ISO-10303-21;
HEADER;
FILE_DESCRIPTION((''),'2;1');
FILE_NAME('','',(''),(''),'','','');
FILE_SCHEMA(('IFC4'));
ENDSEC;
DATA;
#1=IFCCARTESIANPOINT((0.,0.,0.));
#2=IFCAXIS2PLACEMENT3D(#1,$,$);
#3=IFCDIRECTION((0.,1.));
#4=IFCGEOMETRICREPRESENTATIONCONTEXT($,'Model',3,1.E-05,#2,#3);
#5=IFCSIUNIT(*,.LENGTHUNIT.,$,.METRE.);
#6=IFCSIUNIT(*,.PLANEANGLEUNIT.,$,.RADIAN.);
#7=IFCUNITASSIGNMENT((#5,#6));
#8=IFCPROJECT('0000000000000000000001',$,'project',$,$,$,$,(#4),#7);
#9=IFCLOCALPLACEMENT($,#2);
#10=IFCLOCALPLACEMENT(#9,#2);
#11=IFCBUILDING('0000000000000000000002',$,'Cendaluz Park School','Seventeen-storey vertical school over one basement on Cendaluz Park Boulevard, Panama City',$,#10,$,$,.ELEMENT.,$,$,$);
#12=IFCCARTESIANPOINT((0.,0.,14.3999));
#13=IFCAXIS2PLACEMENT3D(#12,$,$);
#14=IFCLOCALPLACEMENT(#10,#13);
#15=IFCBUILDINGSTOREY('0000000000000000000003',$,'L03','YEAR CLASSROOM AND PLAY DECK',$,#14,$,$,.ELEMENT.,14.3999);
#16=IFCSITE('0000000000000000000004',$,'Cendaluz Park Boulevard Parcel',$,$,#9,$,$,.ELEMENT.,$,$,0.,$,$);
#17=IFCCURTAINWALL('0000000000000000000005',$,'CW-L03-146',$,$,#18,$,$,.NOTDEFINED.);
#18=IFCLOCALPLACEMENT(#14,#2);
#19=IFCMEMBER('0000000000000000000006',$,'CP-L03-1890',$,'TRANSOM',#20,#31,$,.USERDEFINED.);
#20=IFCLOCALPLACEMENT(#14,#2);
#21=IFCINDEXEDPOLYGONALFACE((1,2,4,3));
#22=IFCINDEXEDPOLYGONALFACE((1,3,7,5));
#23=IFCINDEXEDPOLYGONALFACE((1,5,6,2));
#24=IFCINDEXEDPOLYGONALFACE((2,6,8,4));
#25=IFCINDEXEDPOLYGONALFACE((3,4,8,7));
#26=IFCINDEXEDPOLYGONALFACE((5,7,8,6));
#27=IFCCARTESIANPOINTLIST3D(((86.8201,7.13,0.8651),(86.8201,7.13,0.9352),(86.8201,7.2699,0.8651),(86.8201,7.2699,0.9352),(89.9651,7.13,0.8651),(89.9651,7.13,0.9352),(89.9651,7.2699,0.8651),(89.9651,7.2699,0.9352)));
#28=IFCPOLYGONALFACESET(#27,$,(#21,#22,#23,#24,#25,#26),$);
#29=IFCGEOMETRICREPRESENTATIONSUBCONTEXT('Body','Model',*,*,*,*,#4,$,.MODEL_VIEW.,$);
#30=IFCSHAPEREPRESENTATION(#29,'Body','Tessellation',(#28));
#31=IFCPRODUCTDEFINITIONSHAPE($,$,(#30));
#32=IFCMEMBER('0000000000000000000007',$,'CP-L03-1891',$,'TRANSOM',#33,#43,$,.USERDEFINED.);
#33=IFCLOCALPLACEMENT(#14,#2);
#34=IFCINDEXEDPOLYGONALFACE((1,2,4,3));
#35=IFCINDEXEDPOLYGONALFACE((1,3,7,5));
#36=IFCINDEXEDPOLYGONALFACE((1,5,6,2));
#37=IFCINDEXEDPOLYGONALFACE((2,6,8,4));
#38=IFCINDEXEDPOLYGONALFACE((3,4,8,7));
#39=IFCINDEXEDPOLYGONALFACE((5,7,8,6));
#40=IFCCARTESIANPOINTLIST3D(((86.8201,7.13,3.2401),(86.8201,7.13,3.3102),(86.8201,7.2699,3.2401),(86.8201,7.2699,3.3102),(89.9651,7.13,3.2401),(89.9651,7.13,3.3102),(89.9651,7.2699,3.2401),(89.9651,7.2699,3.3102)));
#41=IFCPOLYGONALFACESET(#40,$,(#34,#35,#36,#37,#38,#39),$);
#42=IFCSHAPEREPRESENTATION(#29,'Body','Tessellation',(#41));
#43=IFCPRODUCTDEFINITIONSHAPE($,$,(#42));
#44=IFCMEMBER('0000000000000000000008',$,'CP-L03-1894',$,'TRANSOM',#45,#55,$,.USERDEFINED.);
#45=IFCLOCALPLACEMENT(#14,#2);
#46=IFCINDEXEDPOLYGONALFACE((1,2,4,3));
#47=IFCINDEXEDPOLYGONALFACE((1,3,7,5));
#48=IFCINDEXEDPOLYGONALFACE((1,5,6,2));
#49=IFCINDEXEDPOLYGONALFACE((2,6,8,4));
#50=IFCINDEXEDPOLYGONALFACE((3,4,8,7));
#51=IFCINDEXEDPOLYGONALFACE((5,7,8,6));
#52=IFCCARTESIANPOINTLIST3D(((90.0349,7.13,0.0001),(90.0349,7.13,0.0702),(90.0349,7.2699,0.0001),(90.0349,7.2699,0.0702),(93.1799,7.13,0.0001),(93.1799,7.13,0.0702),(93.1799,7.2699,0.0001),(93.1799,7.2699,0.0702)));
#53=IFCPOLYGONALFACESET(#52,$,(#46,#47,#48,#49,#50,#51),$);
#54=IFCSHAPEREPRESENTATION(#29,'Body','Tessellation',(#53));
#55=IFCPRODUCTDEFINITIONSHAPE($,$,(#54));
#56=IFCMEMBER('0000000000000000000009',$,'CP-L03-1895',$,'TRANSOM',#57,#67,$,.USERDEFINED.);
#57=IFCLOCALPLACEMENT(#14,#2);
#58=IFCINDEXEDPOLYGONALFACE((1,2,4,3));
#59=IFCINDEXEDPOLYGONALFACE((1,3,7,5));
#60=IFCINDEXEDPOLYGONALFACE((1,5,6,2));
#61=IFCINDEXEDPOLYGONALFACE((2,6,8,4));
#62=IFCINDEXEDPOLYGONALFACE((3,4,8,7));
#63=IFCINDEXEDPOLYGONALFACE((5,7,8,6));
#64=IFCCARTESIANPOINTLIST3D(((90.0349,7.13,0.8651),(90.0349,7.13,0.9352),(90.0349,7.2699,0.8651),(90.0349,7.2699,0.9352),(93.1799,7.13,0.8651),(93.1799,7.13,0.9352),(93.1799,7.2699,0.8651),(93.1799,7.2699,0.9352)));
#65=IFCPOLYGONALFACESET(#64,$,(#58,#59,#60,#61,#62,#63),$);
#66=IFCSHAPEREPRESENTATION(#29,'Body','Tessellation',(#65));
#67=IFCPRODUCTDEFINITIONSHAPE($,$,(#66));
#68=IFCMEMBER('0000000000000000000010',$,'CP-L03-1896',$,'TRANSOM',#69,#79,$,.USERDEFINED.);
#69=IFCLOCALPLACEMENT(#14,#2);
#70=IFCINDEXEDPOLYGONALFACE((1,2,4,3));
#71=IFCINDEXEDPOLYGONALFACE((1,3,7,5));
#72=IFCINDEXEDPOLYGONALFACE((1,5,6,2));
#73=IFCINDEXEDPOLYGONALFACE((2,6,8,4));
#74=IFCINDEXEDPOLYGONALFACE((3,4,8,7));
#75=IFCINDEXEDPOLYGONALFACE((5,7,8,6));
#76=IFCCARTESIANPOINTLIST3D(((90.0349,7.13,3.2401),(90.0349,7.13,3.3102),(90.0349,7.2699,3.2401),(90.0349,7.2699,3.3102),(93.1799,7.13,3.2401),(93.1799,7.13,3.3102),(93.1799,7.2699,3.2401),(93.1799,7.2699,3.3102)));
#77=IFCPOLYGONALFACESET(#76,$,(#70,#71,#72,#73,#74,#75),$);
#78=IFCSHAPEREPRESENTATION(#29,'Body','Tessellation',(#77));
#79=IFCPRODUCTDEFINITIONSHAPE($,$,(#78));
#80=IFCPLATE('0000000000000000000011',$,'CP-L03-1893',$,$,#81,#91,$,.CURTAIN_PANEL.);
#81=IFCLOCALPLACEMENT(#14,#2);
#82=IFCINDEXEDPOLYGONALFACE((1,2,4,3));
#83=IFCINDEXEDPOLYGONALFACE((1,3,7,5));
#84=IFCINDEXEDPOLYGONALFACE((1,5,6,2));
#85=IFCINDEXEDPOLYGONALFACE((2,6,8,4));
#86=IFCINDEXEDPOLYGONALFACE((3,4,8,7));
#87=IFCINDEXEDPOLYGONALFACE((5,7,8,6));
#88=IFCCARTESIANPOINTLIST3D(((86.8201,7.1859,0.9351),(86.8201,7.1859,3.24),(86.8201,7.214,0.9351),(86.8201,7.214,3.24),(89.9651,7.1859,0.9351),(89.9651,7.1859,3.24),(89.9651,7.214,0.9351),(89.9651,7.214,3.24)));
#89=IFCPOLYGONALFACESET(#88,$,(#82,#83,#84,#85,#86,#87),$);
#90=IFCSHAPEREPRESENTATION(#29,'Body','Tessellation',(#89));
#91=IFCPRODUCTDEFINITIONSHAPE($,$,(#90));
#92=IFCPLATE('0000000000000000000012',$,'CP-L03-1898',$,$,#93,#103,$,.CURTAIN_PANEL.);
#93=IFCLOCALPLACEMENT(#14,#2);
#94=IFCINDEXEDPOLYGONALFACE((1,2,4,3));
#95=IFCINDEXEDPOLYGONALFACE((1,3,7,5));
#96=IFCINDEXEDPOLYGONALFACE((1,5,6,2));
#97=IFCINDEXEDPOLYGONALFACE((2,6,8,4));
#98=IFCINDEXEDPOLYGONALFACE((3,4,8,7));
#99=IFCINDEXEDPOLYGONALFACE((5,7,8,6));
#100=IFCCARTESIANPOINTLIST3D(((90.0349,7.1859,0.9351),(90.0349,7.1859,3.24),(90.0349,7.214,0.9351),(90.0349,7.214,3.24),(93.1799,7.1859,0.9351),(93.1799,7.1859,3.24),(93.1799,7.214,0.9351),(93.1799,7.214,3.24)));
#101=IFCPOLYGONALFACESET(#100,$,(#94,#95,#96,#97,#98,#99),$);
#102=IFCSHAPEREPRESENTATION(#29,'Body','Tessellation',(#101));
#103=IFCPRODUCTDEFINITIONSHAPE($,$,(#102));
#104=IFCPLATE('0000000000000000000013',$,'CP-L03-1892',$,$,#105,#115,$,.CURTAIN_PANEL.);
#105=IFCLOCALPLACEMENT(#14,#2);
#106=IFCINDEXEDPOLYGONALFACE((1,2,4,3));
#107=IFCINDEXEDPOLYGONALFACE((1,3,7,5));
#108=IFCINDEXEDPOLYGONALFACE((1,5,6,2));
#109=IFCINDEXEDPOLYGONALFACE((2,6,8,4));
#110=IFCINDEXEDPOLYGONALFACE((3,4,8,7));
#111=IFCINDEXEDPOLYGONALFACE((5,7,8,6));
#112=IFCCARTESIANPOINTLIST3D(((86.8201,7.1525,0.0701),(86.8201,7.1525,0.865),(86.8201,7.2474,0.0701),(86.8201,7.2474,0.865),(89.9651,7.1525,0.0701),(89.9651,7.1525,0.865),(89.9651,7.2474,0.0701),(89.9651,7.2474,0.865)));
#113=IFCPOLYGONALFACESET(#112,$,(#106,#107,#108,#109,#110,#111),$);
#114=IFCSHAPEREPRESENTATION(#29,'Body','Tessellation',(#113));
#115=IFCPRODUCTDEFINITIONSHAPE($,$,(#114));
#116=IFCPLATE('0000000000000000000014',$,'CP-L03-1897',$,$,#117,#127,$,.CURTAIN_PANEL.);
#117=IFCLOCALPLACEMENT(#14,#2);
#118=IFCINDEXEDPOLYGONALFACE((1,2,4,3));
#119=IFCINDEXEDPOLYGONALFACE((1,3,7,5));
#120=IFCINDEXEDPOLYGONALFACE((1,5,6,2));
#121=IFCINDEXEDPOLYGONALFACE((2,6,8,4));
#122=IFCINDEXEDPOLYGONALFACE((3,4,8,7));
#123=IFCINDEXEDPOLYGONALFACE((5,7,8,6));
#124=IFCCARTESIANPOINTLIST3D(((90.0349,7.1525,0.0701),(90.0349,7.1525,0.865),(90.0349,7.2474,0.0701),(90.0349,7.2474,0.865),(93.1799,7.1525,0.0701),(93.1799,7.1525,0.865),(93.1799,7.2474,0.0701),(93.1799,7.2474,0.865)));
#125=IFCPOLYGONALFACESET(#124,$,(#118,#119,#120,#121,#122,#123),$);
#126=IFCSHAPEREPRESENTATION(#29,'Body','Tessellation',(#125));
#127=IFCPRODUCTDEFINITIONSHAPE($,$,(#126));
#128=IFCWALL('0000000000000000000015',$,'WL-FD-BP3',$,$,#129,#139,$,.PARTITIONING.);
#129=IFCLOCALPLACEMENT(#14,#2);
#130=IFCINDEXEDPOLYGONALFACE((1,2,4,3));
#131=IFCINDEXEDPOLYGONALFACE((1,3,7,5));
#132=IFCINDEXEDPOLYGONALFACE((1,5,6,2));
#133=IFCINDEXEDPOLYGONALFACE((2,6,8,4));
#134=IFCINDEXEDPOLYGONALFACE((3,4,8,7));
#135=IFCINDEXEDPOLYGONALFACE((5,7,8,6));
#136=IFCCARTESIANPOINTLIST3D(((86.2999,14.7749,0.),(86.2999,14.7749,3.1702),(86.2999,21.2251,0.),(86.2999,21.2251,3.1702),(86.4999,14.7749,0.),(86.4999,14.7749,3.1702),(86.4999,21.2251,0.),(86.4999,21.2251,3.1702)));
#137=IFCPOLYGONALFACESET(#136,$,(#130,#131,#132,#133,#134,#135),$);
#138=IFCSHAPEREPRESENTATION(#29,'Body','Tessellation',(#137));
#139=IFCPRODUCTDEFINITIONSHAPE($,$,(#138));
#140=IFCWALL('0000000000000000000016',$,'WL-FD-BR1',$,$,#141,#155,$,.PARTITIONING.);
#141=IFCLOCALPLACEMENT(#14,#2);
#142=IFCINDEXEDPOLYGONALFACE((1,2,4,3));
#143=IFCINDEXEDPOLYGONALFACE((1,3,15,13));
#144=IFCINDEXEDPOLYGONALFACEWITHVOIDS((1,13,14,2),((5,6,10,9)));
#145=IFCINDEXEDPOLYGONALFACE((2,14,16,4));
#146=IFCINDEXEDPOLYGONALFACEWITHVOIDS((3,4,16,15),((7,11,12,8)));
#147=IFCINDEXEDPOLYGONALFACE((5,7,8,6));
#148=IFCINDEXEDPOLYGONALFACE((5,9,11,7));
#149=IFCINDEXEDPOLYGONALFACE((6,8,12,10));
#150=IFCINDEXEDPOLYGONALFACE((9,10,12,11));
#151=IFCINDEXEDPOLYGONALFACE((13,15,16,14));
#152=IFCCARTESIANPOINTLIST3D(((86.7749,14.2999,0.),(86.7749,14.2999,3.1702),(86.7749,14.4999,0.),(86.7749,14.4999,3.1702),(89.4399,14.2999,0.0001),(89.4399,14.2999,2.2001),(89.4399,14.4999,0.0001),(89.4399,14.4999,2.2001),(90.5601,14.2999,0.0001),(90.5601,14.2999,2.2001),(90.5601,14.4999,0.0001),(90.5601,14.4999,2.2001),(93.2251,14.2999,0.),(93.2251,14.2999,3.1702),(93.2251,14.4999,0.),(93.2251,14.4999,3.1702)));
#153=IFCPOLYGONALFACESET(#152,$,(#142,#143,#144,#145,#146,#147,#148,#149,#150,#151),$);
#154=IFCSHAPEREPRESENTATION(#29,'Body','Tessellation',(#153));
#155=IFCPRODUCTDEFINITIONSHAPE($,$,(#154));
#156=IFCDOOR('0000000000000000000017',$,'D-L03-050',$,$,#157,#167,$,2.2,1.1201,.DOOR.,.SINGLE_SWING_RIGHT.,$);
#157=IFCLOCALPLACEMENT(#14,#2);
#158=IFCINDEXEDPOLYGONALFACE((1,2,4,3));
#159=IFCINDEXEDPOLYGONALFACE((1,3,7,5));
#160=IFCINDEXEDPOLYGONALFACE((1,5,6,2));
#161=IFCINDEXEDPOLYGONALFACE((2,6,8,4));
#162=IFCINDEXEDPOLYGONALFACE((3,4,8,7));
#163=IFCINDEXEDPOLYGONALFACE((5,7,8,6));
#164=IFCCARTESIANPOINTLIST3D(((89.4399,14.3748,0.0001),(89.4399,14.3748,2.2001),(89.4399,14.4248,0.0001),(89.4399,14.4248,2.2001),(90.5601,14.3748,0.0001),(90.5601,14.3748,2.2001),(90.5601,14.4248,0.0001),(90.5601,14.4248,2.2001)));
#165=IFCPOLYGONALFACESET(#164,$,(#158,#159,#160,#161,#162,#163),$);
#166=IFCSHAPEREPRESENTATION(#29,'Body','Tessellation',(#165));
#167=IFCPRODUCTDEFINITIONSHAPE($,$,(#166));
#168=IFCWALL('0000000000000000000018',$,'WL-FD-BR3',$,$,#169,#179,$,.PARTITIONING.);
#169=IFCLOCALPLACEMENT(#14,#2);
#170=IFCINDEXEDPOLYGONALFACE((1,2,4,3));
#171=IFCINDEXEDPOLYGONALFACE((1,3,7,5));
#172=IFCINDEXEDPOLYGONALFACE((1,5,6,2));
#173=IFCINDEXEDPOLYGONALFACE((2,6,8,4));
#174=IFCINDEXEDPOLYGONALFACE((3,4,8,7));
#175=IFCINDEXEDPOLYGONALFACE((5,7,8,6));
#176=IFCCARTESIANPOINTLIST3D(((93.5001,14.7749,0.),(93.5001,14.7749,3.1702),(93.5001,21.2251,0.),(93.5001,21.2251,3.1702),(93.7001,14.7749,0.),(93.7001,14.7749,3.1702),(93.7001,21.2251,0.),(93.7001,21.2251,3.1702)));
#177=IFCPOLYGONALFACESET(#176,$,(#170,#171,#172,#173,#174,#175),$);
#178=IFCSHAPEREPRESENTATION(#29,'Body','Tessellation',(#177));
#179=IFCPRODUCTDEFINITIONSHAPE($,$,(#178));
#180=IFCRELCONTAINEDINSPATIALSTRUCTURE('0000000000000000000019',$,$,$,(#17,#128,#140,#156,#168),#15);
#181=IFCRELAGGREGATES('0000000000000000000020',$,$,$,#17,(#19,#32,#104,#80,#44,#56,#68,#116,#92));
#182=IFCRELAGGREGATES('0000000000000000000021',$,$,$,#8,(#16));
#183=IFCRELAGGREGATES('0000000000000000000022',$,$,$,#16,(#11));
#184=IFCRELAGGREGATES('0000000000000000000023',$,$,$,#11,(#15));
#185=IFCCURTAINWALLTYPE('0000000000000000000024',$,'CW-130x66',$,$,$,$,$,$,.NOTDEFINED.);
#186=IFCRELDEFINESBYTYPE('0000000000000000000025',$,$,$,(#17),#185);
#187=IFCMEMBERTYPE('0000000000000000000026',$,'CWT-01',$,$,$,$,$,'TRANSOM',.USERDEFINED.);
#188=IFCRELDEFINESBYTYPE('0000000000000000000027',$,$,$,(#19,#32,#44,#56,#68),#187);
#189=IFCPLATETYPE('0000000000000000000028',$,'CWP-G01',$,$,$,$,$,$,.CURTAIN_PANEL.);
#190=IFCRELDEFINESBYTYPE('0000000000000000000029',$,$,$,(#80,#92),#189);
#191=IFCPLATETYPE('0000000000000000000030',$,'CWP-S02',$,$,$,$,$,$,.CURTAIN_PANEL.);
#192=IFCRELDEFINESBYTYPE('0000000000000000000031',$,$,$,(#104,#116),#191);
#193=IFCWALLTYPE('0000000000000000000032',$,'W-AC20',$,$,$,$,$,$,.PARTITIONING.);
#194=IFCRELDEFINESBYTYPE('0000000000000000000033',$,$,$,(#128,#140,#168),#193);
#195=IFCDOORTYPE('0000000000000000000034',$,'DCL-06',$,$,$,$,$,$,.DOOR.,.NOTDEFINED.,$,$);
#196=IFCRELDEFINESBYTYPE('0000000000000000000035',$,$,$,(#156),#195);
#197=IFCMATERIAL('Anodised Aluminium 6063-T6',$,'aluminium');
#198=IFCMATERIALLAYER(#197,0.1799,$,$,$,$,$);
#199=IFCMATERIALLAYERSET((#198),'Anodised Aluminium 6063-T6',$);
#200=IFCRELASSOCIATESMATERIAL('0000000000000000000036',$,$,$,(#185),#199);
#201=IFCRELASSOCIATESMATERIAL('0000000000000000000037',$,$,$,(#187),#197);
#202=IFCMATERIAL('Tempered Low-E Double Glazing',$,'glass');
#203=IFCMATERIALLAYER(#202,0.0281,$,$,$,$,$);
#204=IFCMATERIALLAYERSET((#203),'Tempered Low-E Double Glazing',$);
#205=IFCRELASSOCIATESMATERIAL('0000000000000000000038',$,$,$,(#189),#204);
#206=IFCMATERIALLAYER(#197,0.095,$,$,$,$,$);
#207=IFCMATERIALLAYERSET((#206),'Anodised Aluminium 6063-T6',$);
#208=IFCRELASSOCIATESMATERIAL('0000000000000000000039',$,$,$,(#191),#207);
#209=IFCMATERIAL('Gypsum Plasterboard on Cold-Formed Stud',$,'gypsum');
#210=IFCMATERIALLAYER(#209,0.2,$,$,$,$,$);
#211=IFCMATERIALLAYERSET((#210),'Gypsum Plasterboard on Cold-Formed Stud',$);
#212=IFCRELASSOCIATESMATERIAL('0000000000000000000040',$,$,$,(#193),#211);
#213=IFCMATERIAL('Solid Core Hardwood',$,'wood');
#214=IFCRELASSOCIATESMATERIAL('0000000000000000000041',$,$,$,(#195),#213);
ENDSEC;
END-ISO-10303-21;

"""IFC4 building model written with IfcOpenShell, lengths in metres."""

from ifc_helpers import new_model, si_unit, direction, frame, frame_2d, origin, origin_2d, place, context, subcontext, project, spatial, rectangle, extrude, material, layer, layer_set, material_profile, profile_set, type_object, element, fill, aggregate, save


model = new_model("IFC4")

# Units and contexts
model_context = context("Model", 3, precision=1e-05, world=origin(), true_north=direction((0.0, 1.0)))
body_context = subcontext(model_context, "Body", "Model", "MODEL_VIEW")
ifc_project = project(units=[si_unit("LENGTHUNIT", "METRE"), si_unit("PLANEANGLEUNIT", "RADIAN")], contexts=[model_context])

# Site, building, storey
site_placement = place(None, origin())
site = spatial("IfcSite", under=ifc_project, at=site_placement, Name="Cendaluz Park Boulevard Parcel", CompositionType="ELEMENT", RefElevation=0.0)
building_placement = place(site_placement, origin())
building = spatial("IfcBuilding", under=site, at=building_placement, Name="Cendaluz Park School", Description="Seventeen-storey vertical school over one basement on Cendaluz Park Boulevard, Panama City", CompositionType="ELEMENT")
storey_placement = place(building_placement, frame((0.0, 0.0, 14.3999)))
storey = spatial("IfcBuildingStorey", under=building, at=storey_placement, Name="L03", Description="YEAR CLASSROOM AND PLAY DECK", CompositionType="ELEMENT", Elevation=14.3999)

# Curtain wall, members, plates
ifc_material_1 = material(Name="Anodised Aluminium 6063-T6", Category="aluminium")
ifc_layer_1 = layer(ifc_material_1, 0.1799)
ifc_layer_set_1 = layer_set([ifc_layer_1], Name="Anodised Aluminium 6063-T6")
curtain_wall_type = type_object("IfcCurtainWallType", Name="CW-130x66", PredefinedType="NOTDEFINED", material=ifc_layer_set_1)
curtain_wall_placement = place(storey_placement, origin())
curtain_wall = element("IfcCurtainWall", 1, at=curtain_wall_placement, inside=storey, type_object=curtain_wall_type, Name="CW-L03-146", PredefinedType="NOTDEFINED")
ifc_material_profile_1 = material_profile(ifc_material_1, rectangle(XDim=0.1399, YDim=0.0701, at=origin_2d()), Name="CWT 140x70", Category="aluminium")
ifc_profile_set_1 = profile_set([ifc_material_profile_1], Name="Anodised Aluminium 6063-T6")
member_type_1 = type_object("IfcMemberType", Name="CWT-01", ElementType="TRANSOM", PredefinedType="USERDEFINED", material=ifc_profile_set_1)
member_1_placement = place(storey_placement, frame((86.8201, 7.2, 0.9001), z_axis=(1.0, 0.0, 0.0), x_axis=(0.0, 1.0, 0.0)))
member_1 = element("IfcMember", 2, at=member_1_placement, type_object=member_type_1, Name="CP-L03-1890", ObjectType="TRANSOM", PredefinedType="USERDEFINED", context=body_context, shape_type="SweptSolid", body=[
    extrude(rectangle(XDim=0.1399, YDim=0.0701, at=origin_2d()), origin(), (0.0, 0.0, 1.0), 3.145),
])
member_2_placement = place(storey_placement, frame((86.8201, 7.2, 3.2751), z_axis=(1.0, 0.0, 0.0), x_axis=(0.0, 1.0, 0.0)))
member_2 = element("IfcMember", 3, at=member_2_placement, type_object=member_type_1, Name="CP-L03-1891", ObjectType="TRANSOM", PredefinedType="USERDEFINED", context=body_context, shape_type="SweptSolid", body=[
    extrude(rectangle(XDim=0.1399, YDim=0.0701, at=origin_2d()), origin(), (0.0, 0.0, 1.0), 3.145),
])
member_3_placement = place(storey_placement, frame((90.0349, 7.2, 0.0352), z_axis=(1.0, 0.0, 0.0), x_axis=(0.0, 1.0, 0.0)))
member_3 = element("IfcMember", 4, at=member_3_placement, type_object=member_type_1, Name="CP-L03-1894", ObjectType="TRANSOM", PredefinedType="USERDEFINED", context=body_context, shape_type="SweptSolid", body=[
    extrude(rectangle(XDim=0.1399, YDim=0.0701, at=origin_2d()), origin(), (0.0, 0.0, 1.0), 3.145),
])
member_4_placement = place(storey_placement, frame((90.0349, 7.2, 0.9001), z_axis=(1.0, 0.0, 0.0), x_axis=(0.0, 1.0, 0.0)))
member_4 = element("IfcMember", 5, at=member_4_placement, type_object=member_type_1, Name="CP-L03-1895", ObjectType="TRANSOM", PredefinedType="USERDEFINED", context=body_context, shape_type="SweptSolid", body=[
    extrude(rectangle(XDim=0.1399, YDim=0.0701, at=origin_2d()), origin(), (0.0, 0.0, 1.0), 3.145),
])
member_5_placement = place(storey_placement, frame((90.0349, 7.2, 3.2751), z_axis=(1.0, 0.0, 0.0), x_axis=(0.0, 1.0, 0.0)))
member_5 = element("IfcMember", 6, at=member_5_placement, type_object=member_type_1, Name="CP-L03-1896", ObjectType="TRANSOM", PredefinedType="USERDEFINED", context=body_context, shape_type="SweptSolid", body=[
    extrude(rectangle(XDim=0.1399, YDim=0.0701, at=origin_2d()), origin(), (0.0, 0.0, 1.0), 3.145),
])
ifc_material_2 = material(Name="Tempered Low-E Double Glazing", Category="glass")
ifc_layer_2 = layer(ifc_material_2, 0.0281)
ifc_layer_set_2 = layer_set([ifc_layer_2], Name="Tempered Low-E Double Glazing")
plate_type_1 = type_object("IfcPlateType", Name="CWP-G01", PredefinedType="CURTAIN_PANEL", material=ifc_layer_set_2)
plate_1_placement = place(storey_placement, frame((88.3926, 7.2, 0.9351), z_axis=(0.0, 0.0, 1.0), x_axis=(1.0, 0.0, 0.0)))
plate_1 = element("IfcPlate", 7, at=plate_1_placement, type_object=plate_type_1, Name="CP-L03-1893", PredefinedType="CURTAIN_PANEL", context=body_context, shape_type="SweptSolid", body=[
    extrude(rectangle(XDim=3.145, YDim=0.0281, at=origin_2d()), origin(), (0.0, 0.0, 1.0), 2.3049),
])
plate_2_placement = place(storey_placement, frame((91.6074, 7.2, 0.9351), z_axis=(0.0, 0.0, 1.0), x_axis=(1.0, 0.0, 0.0)))
plate_2 = element("IfcPlate", 8, at=plate_2_placement, type_object=plate_type_1, Name="CP-L03-1898", PredefinedType="CURTAIN_PANEL", context=body_context, shape_type="SweptSolid", body=[
    extrude(rectangle(XDim=3.145, YDim=0.0281, at=origin_2d()), origin(), (0.0, 0.0, 1.0), 2.3049),
])
ifc_layer_3 = layer(ifc_material_1, 0.095)
ifc_layer_set_3 = layer_set([ifc_layer_3], Name="Anodised Aluminium 6063-T6")
plate_type_2 = type_object("IfcPlateType", Name="CWP-S02", PredefinedType="CURTAIN_PANEL", material=ifc_layer_set_3)
plate_3_placement = place(storey_placement, frame((88.3926, 7.2, 0.0701), z_axis=(0.0, 0.0, 1.0), x_axis=(1.0, 0.0, 0.0)))
plate_3 = element("IfcPlate", 9, at=plate_3_placement, type_object=plate_type_2, Name="CP-L03-1892", PredefinedType="CURTAIN_PANEL", context=body_context, shape_type="SweptSolid", body=[
    extrude(rectangle(XDim=3.145, YDim=0.095, at=origin_2d()), origin(), (0.0, 0.0, 1.0), 0.7949),
])
plate_4_placement = place(storey_placement, frame((91.6074, 7.2, 0.0701), z_axis=(0.0, 0.0, 1.0), x_axis=(1.0, 0.0, 0.0)))
plate_4 = element("IfcPlate", 10, at=plate_4_placement, type_object=plate_type_2, Name="CP-L03-1897", PredefinedType="CURTAIN_PANEL", context=body_context, shape_type="SweptSolid", body=[
    extrude(rectangle(XDim=3.145, YDim=0.095, at=origin_2d()), origin(), (0.0, 0.0, 1.0), 0.7949),
])
aggregate(curtain_wall, [member_1, member_2, plate_3, plate_1, member_3, member_4, member_5, plate_4, plate_2])

# Wall
ifc_material_3 = material(Name="Gypsum Plasterboard on Cold-Formed Stud", Category="gypsum")
ifc_layer_4 = layer(ifc_material_3, 0.2)
ifc_layer_set_4 = layer_set([ifc_layer_4], Name="Gypsum Plasterboard on Cold-Formed Stud")
wall_type_1 = type_object("IfcWallType", Name="W-AC20", PredefinedType="PARTITIONING", material=ifc_layer_set_4)
wall_1_placement = place(storey_placement, frame((86.3999, 14.7749, 0.0), z_axis=(0.0, 0.0, 1.0), x_axis=(0.0, 1.0, 0.0)))
element("IfcWall", 11, at=wall_1_placement, inside=storey, type_object=wall_type_1, Name="WL-FD-BP3", PredefinedType="PARTITIONING", context=body_context, shape_type="SweptSolid", body=[
    extrude(rectangle(XDim=6.4502, YDim=0.2, at=frame_2d((3.2251, 0.0))), origin(), (0.0, 0.0, 1.0), 3.1702),
])

# Wall, opening, door
wall_2_placement = place(storey_placement, frame((86.7749, 14.3999, 0.0), z_axis=(0.0, 0.0, 1.0), x_axis=(1.0, 0.0, 0.0)))
wall_2 = element("IfcWall", 12, at=wall_2_placement, inside=storey, type_object=wall_type_1, Name="WL-FD-BR1", PredefinedType="PARTITIONING", context=body_context, shape_type="SweptSolid", body=[
    extrude(rectangle(XDim=6.4502, YDim=0.2, at=frame_2d((3.2251, 0.0))), origin(), (0.0, 0.0, 1.0), 3.1702),
])
opening_1_placement = place(wall_2_placement, frame((2.665, 0.0, 0.0)))
opening_1 = element("IfcOpeningElement", 13, at=opening_1_placement, cuts=wall_2, PredefinedType="OPENING", context=body_context, shape_type="SweptSolid", body=[
    extrude(rectangle(XDim=1.1201, YDim=2.2, at=frame_2d((0.5601, 1.1001))), frame((0.0, 0.1121, 0.0), z_axis=(0.0, -1.0, 0.0), x_axis=(1.0, 0.0, 0.0)), (0.0, 0.0, 1.0), 0.2239),
])
ifc_material_4 = material(Name="Solid Core Hardwood", Category="wood")
door_type = type_object("IfcDoorType", Name="DCL-06", OperationType="NOTDEFINED", PredefinedType="DOOR", material=ifc_material_4)
door_placement = place(opening_1_placement, origin())
door = element("IfcDoor", 14, at=door_placement, inside=storey, type_object=door_type, Name="D-L03-050", OperationType="SINGLE_SWING_RIGHT", OverallHeight=2.2, OverallWidth=1.1201, PredefinedType="DOOR", context=body_context, shape_type="SweptSolid", body=[
    extrude(rectangle(XDim=1.1201, YDim=2.2, at=frame_2d((0.5601, 1.1001))), frame((0.0, 0.0249, 0.0), z_axis=(0.0, -1.0, 0.0), x_axis=(1.0, 0.0, 0.0)), (0.0, 0.0, 1.0), 0.05),
])
fill(opening_1, door)

# Wall
wall_3_placement = place(storey_placement, frame((93.6001, 14.7749, 0.0), z_axis=(0.0, 0.0, 1.0), x_axis=(0.0, 1.0, 0.0)))
element("IfcWall", 15, at=wall_3_placement, inside=storey, type_object=wall_type_1, Name="WL-FD-BR3", PredefinedType="PARTITIONING", context=body_context, shape_type="SweptSolid", body=[
    extrude(rectangle(XDim=6.4502, YDim=0.2, at=frame_2d((3.2251, 0.0))), origin(), (0.0, 0.0, 1.0), 3.1702),
])

save(model, "model.ifc")
